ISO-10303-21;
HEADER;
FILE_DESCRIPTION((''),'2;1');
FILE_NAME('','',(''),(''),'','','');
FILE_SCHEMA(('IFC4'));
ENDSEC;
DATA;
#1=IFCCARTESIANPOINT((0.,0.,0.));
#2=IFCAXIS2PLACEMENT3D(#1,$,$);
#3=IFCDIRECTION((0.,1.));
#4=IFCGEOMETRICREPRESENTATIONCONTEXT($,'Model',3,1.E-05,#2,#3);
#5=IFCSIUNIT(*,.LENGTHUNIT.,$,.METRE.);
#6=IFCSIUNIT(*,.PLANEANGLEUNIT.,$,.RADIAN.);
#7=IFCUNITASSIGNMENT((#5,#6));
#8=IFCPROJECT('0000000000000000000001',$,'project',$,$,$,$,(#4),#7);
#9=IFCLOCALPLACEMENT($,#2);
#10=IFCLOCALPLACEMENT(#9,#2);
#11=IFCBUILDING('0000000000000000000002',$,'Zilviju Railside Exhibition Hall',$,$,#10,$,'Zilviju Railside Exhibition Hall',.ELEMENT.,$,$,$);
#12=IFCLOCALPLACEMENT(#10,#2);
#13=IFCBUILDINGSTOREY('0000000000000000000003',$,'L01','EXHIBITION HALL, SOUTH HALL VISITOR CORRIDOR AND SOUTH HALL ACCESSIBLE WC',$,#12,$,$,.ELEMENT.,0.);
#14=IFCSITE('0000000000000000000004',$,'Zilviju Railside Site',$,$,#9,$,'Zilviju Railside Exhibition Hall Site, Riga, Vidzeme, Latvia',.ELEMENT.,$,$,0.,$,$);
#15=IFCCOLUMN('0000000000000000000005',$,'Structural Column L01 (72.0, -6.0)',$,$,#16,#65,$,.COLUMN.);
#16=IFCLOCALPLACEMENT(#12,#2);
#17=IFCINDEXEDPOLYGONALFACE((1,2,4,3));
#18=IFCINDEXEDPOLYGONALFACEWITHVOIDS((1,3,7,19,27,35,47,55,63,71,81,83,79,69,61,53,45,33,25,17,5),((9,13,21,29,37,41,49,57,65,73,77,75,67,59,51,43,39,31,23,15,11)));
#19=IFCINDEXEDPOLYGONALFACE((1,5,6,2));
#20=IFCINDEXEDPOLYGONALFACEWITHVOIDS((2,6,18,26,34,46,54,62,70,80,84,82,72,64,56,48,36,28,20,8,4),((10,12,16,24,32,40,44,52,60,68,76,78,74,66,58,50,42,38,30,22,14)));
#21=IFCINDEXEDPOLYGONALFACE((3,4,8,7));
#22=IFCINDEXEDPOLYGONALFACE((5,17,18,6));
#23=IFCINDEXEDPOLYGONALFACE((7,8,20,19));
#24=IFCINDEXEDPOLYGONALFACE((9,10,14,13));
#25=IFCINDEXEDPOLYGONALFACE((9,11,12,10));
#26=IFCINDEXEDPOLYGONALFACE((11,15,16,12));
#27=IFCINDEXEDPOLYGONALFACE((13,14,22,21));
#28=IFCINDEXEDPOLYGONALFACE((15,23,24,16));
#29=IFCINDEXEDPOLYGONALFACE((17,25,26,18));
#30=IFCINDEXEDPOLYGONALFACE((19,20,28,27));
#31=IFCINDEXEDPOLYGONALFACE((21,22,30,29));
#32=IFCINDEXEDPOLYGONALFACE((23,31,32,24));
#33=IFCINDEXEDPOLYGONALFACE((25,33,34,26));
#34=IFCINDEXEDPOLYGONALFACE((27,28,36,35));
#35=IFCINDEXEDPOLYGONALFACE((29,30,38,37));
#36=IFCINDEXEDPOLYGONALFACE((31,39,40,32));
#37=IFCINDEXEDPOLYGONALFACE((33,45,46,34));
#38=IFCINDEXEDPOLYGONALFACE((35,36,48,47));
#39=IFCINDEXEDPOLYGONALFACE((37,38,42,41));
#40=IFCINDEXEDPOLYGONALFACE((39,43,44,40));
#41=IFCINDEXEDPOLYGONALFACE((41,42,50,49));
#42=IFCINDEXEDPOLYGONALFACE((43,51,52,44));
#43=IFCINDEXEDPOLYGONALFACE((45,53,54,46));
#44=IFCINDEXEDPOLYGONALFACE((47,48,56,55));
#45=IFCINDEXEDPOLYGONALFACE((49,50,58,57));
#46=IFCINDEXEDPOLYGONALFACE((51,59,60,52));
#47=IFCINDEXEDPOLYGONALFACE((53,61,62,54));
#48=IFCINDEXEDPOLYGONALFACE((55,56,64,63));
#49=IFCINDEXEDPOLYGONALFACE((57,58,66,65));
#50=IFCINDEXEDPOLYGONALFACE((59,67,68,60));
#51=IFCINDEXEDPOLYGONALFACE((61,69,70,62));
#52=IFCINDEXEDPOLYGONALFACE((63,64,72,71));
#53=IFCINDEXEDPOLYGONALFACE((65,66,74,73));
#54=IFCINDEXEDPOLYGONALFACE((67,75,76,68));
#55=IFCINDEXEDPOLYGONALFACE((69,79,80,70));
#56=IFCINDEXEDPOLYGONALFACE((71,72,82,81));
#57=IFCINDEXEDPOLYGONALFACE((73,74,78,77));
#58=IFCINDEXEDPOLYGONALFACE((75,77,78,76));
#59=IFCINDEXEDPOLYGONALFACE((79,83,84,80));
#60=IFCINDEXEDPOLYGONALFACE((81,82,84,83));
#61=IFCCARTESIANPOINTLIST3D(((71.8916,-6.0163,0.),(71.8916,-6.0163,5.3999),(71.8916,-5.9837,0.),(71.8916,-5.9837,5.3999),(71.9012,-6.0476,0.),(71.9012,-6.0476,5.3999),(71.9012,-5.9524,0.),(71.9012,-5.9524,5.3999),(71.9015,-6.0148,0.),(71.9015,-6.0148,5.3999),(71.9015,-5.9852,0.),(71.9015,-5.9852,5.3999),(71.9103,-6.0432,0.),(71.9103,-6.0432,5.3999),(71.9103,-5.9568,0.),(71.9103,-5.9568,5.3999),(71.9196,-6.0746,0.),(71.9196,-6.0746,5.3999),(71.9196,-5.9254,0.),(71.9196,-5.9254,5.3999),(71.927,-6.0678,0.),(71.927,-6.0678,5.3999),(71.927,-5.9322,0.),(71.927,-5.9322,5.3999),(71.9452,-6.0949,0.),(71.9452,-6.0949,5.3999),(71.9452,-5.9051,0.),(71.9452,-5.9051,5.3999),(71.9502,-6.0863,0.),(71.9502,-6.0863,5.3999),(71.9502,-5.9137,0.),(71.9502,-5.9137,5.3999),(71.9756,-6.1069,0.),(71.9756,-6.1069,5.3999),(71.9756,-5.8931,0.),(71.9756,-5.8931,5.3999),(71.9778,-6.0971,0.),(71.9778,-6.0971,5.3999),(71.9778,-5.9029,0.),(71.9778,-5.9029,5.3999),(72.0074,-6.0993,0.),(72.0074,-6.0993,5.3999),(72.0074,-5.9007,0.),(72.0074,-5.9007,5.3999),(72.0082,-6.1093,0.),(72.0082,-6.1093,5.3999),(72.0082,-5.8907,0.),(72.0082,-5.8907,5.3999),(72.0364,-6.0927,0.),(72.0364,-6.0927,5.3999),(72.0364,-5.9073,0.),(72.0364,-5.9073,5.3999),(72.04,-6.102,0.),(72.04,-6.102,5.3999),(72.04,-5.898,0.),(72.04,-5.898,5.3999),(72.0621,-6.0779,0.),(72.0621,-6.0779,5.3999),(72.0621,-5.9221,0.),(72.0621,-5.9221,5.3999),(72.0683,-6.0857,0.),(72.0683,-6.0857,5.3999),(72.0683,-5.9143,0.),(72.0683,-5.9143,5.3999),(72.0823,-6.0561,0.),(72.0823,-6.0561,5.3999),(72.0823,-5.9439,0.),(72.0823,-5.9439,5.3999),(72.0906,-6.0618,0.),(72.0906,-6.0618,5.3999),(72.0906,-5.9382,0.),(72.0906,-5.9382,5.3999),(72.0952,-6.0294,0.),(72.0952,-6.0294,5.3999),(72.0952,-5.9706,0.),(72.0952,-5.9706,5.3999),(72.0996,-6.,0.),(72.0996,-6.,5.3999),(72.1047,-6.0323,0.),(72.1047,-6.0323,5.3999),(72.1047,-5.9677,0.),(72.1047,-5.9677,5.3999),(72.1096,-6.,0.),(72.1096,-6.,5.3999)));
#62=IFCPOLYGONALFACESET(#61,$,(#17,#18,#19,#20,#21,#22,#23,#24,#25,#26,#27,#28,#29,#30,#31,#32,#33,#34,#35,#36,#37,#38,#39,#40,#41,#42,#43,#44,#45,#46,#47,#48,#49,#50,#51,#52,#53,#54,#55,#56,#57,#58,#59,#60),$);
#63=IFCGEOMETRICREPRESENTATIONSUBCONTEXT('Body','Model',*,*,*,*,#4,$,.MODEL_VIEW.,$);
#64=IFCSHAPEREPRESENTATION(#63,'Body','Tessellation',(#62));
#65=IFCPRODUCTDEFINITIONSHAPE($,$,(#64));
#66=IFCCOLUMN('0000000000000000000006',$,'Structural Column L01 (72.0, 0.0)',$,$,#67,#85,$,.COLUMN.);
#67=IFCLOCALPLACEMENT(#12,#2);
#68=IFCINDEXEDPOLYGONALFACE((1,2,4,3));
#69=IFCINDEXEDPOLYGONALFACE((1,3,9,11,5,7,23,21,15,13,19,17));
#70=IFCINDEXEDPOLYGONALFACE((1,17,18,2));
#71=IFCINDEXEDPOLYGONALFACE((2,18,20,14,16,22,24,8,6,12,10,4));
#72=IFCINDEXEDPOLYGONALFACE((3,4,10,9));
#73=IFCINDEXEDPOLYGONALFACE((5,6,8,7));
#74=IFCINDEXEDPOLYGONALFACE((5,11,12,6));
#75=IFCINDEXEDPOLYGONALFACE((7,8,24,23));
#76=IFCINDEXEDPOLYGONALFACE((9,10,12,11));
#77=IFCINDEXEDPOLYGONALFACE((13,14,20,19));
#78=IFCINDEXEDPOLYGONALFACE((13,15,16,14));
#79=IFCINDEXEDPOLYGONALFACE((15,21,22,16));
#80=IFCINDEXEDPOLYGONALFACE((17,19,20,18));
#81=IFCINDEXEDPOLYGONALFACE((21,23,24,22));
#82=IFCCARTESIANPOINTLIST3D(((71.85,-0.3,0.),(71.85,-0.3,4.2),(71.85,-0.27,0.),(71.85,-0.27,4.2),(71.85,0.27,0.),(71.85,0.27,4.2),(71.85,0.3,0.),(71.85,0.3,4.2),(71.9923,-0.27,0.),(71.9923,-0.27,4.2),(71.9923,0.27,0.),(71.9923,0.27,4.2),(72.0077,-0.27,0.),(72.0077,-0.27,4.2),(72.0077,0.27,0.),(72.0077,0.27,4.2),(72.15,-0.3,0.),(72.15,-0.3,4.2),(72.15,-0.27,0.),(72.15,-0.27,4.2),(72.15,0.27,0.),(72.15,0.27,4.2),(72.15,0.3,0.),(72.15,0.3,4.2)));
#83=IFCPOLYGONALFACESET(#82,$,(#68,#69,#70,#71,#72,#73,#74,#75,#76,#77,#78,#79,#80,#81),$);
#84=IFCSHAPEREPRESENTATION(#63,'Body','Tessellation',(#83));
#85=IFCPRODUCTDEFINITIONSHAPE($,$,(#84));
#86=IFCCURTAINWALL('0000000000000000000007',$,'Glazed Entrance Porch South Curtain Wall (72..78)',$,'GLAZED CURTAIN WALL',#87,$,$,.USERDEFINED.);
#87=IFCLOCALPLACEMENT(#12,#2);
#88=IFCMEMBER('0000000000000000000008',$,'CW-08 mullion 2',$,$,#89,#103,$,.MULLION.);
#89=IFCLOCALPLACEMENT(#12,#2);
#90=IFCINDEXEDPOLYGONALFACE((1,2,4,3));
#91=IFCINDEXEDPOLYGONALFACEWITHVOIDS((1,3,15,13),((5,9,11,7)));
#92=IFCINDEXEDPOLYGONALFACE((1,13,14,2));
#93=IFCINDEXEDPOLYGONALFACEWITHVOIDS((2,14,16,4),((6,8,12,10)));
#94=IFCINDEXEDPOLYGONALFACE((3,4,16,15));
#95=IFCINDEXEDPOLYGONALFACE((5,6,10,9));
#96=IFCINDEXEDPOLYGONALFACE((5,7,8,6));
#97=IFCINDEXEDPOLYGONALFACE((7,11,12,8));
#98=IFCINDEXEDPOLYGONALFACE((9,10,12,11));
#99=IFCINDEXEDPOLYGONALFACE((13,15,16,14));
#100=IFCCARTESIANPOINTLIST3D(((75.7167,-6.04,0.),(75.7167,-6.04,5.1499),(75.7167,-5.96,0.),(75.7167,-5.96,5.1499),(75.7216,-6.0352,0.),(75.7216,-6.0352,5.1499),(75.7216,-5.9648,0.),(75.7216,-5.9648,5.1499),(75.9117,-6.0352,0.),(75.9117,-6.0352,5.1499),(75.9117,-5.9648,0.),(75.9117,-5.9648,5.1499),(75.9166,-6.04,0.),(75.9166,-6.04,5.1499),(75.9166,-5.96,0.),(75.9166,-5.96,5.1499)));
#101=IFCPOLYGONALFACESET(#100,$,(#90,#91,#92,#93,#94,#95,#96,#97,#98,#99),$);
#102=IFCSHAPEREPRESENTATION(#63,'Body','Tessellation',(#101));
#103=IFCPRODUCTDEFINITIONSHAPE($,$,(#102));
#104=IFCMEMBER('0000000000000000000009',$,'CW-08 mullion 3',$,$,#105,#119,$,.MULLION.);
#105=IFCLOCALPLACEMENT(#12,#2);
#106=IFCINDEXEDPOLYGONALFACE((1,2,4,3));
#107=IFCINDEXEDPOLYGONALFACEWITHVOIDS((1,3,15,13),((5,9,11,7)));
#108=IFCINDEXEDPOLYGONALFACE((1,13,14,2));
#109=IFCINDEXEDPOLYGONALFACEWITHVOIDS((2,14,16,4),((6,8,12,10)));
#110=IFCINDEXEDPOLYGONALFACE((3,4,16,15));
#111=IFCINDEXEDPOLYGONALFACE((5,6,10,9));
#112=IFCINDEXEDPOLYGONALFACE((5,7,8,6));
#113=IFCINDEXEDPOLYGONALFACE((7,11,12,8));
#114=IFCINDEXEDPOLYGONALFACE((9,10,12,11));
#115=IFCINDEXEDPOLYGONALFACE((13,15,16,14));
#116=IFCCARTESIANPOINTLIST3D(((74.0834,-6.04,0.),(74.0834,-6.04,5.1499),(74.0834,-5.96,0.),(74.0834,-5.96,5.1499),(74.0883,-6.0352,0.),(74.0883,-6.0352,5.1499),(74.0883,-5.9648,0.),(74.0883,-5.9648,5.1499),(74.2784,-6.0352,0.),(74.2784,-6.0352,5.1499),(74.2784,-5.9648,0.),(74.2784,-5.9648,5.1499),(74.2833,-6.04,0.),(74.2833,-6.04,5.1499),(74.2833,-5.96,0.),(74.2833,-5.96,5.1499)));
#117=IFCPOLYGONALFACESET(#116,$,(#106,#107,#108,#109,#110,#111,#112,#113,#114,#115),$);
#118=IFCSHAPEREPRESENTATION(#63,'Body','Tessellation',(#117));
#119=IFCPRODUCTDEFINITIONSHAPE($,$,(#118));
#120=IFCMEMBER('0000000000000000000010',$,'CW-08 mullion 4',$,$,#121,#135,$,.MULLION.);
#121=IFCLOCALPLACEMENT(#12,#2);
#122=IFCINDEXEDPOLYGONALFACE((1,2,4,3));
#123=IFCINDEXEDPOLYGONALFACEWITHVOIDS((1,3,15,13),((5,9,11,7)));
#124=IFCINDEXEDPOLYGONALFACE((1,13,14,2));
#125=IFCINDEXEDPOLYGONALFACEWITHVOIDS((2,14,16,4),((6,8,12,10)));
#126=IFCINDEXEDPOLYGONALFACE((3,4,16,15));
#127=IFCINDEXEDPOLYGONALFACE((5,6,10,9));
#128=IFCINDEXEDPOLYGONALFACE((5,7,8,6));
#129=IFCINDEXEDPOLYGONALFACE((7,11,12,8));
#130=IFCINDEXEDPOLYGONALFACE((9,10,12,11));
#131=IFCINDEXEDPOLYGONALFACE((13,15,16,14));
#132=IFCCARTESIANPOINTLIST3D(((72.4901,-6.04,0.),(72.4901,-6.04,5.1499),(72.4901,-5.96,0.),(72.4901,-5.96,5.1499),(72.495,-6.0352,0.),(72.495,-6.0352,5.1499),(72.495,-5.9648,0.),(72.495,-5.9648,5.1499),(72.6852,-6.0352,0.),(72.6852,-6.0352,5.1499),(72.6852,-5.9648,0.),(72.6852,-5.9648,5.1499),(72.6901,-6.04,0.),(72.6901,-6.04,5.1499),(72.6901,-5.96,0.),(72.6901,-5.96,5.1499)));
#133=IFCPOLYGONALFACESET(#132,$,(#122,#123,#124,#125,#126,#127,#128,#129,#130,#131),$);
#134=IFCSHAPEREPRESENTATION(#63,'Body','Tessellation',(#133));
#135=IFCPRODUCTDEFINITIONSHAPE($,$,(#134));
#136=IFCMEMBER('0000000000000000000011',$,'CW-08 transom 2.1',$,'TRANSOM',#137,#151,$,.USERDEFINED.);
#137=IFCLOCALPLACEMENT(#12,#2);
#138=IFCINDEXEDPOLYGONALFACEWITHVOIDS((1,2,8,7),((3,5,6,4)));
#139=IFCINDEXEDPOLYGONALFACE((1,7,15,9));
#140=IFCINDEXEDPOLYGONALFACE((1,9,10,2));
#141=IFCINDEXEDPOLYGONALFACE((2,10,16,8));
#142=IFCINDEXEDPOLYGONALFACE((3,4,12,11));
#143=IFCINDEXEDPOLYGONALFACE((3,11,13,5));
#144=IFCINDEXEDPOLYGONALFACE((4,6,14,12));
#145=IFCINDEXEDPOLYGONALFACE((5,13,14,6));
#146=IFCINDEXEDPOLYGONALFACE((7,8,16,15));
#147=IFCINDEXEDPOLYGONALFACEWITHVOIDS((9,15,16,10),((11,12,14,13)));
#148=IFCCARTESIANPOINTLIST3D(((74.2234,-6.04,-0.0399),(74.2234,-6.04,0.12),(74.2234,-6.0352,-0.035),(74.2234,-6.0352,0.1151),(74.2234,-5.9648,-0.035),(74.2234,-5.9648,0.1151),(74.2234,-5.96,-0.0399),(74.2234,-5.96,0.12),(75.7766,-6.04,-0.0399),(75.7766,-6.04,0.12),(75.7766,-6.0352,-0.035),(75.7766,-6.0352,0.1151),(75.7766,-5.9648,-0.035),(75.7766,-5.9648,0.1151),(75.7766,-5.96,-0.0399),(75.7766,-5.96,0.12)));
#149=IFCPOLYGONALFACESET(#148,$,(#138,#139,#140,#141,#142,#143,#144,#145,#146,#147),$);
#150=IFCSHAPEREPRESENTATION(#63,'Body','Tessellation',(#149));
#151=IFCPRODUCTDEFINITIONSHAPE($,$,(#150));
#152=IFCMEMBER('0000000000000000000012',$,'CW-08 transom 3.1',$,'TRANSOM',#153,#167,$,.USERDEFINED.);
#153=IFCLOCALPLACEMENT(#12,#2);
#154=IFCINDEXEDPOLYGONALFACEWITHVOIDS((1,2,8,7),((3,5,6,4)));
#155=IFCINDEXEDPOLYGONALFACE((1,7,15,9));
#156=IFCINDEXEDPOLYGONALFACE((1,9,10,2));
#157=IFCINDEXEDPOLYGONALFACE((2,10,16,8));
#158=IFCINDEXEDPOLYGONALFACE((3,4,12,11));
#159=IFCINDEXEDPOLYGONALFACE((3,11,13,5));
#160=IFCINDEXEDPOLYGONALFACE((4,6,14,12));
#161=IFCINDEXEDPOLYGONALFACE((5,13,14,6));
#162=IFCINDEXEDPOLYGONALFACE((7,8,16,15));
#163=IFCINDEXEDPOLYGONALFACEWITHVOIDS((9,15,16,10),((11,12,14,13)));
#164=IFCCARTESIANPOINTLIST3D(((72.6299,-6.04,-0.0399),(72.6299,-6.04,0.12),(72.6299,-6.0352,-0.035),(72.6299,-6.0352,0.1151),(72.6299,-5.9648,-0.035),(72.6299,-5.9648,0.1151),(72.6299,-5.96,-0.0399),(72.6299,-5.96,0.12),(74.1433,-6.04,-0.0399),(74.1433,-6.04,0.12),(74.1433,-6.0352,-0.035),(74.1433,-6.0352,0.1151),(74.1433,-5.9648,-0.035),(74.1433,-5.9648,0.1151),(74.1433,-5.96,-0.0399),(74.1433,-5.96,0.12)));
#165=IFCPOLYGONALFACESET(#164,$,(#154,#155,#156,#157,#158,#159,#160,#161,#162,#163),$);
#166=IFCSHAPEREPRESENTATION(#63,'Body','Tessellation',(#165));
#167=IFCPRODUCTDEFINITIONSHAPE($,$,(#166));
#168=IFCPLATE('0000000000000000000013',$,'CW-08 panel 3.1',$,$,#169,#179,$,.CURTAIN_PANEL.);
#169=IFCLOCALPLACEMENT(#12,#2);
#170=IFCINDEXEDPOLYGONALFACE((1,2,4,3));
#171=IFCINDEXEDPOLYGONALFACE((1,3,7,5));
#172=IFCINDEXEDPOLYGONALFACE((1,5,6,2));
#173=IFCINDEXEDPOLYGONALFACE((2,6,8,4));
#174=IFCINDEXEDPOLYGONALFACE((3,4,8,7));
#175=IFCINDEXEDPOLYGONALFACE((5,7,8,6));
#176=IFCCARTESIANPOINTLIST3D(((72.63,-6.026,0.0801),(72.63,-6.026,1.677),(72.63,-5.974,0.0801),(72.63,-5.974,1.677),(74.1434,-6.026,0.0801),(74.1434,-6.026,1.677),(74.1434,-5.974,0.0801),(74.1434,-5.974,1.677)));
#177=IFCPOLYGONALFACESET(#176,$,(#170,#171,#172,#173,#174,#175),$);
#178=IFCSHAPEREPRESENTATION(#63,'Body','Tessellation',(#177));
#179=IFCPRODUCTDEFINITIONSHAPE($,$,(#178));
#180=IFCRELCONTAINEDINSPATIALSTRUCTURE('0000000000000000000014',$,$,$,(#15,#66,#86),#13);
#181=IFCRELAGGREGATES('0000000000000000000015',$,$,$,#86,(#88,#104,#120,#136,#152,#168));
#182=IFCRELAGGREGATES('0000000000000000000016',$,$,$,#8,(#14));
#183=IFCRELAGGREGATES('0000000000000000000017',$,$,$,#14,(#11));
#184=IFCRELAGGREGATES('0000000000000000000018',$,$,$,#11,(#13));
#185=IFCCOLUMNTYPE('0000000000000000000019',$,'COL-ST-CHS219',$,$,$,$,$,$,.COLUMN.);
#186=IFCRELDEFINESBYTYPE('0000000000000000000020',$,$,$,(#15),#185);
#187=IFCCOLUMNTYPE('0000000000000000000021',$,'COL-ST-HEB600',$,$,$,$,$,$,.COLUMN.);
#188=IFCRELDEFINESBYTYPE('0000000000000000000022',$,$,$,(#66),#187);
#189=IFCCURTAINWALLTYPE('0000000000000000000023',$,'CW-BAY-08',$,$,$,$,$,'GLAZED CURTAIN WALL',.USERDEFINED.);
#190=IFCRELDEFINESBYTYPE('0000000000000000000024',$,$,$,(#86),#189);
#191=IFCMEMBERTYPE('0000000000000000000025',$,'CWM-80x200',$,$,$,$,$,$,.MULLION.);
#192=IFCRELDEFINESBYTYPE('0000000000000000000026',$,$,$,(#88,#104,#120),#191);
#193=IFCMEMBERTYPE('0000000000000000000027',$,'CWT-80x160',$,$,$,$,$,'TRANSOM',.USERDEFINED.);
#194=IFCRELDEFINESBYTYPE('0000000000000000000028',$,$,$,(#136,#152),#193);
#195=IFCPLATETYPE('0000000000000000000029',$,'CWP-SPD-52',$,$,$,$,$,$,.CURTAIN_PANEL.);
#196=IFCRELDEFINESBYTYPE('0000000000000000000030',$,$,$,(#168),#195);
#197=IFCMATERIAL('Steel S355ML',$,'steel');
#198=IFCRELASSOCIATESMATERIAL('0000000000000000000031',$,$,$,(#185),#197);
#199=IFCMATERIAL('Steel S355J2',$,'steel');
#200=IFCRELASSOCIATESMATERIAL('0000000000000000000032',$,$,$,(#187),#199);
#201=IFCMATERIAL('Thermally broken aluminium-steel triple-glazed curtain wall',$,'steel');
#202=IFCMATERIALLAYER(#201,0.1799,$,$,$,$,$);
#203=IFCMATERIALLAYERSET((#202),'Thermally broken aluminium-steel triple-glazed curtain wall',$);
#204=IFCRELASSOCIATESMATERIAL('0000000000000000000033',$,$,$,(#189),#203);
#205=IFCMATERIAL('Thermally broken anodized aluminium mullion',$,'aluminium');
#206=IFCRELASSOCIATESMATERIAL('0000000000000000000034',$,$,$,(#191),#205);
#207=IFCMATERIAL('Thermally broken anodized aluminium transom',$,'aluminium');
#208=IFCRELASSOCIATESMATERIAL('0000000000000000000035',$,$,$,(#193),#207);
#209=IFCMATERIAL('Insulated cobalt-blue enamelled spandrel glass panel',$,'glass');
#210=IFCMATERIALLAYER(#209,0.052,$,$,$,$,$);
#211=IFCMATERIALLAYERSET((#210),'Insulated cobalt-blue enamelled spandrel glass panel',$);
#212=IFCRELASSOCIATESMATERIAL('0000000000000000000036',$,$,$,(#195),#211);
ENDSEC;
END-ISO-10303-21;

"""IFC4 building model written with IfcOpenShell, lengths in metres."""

from ifc_helpers import new_model, si_unit, direction, frame, origin, origin_2d, place, context, subcontext, project, spatial, rectangle, hollow_rectangle, hollow_circle, i_section, extrude, material, layer, layer_set, material_profile, profile_set, type_object, element, aggregate, save


model = new_model("IFC4")

# Units and contexts
model_context = context("Model", 3, precision=1e-05, world=origin(), true_north=direction((0.0, 1.0)))
body_context = subcontext(model_context, "Body", "Model", "MODEL_VIEW")
ifc_project = project(units=[si_unit("LENGTHUNIT", "METRE"), si_unit("PLANEANGLEUNIT", "RADIAN")], contexts=[model_context])

# Site, building, storey
site_placement = place(None, origin())
site = spatial("IfcSite", under=ifc_project, at=site_placement, Name="Zilviju Railside Site", LongName="Zilviju Railside Exhibition Hall Site, Riga, Vidzeme, Latvia", CompositionType="ELEMENT", RefElevation=0.0)
building_placement = place(site_placement, origin())
building = spatial("IfcBuilding", under=site, at=building_placement, Name="Zilviju Railside Exhibition Hall", LongName="Zilviju Railside Exhibition Hall", CompositionType="ELEMENT")
storey_placement = place(building_placement, origin())
storey = spatial("IfcBuildingStorey", under=building, at=storey_placement, Name="L01", Description="EXHIBITION HALL, SOUTH HALL VISITOR CORRIDOR AND SOUTH HALL ACCESSIBLE WC", CompositionType="ELEMENT", Elevation=0.0)

# Columns
ifc_material_1 = material(Name="Steel S355ML", Category="steel")
ifc_material_profile_1 = material_profile(ifc_material_1, hollow_circle(Radius=0.1096, WallThickness=0.01, at=origin_2d()), Name="CHS 219.1x10.0")
ifc_profile_set_1 = profile_set([ifc_material_profile_1], Name="Steel S355ML")
column_type_1 = type_object("IfcColumnType", Name="COL-ST-CHS219", PredefinedType="COLUMN", material=ifc_profile_set_1)
column_1_placement = place(storey_placement, frame((72.0, -6.0, 0.0), z_axis=(0.0, 0.0, 1.0), x_axis=(1.0, 0.0, 0.0)))
element("IfcColumn", 1, at=column_1_placement, inside=storey, type_object=column_type_1, Name="Structural Column L01 (72.0, -6.0)", PredefinedType="COLUMN", context=body_context, shape_type="SweptSolid", body=[
    extrude(hollow_circle(Radius=0.1096, WallThickness=0.01, at=origin_2d()), origin(), (0.0, 0.0, 1.0), 5.3999),
])
ifc_material_2 = material(Name="Steel S355J2", Category="steel")
ifc_material_profile_2 = material_profile(ifc_material_2, i_section(OverallWidth=0.3, OverallDepth=0.6001, WebThickness=0.0154, FlangeThickness=0.03, at=origin_2d()), Name="HEB 600")
ifc_profile_set_2 = profile_set([ifc_material_profile_2], Name="Steel S355J2")
column_type_2 = type_object("IfcColumnType", Name="COL-ST-HEB600", PredefinedType="COLUMN", material=ifc_profile_set_2)
column_2_placement = place(storey_placement, frame((72.0, 0.0, 0.0), z_axis=(0.0, 0.0, 1.0), x_axis=(1.0, 0.0, 0.0)))
element("IfcColumn", 2, at=column_2_placement, inside=storey, type_object=column_type_2, Name="Structural Column L01 (72.0, 0.0)", PredefinedType="COLUMN", context=body_context, shape_type="SweptSolid", body=[
    extrude(i_section(OverallWidth=0.3, OverallDepth=0.6001, WebThickness=0.0154, FlangeThickness=0.03, at=origin_2d()), origin(), (0.0, 0.0, 1.0), 4.2),
])

# Curtain wall, members, plate
ifc_material_3 = material(Name="Thermally broken aluminium-steel triple-glazed curtain wall", Category="steel")
ifc_layer_1 = layer(ifc_material_3, 0.1799)
ifc_layer_set_1 = layer_set([ifc_layer_1], Name="Thermally broken aluminium-steel triple-glazed curtain wall")
curtain_wall_type = type_object("IfcCurtainWallType", Name="CW-BAY-08", ElementType="GLAZED CURTAIN WALL", PredefinedType="USERDEFINED", material=ifc_layer_set_1)
curtain_wall_placement = place(storey_placement, origin())
curtain_wall = element("IfcCurtainWall", 3, at=curtain_wall_placement, inside=storey, type_object=curtain_wall_type, Name="Glazed Entrance Porch South Curtain Wall (72..78)", ObjectType="GLAZED CURTAIN WALL", PredefinedType="USERDEFINED")
ifc_material_4 = material(Name="Thermally broken anodized aluminium mullion", Category="aluminium")
ifc_material_profile_3 = material_profile(ifc_material_4, hollow_rectangle(XDim=0.0801, YDim=0.2, WallThickness=0.0049, at=origin_2d()), Name="MULLION 200x80x5")
ifc_profile_set_3 = profile_set([ifc_material_profile_3], Name="Thermally broken anodized aluminium mullion")
member_type_1 = type_object("IfcMemberType", Name="CWM-80x200", PredefinedType="MULLION", material=ifc_profile_set_3)
member_1_placement = place(storey_placement, frame((75.8167, -6.0, 0.0), z_axis=(0.0, 0.0, 1.0), x_axis=(0.0, -1.0, 0.0)))
member_1 = element("IfcMember", 4, at=member_1_placement, type_object=member_type_1, Name="CW-08 mullion 2", PredefinedType="MULLION", context=body_context, shape_type="SweptSolid", body=[
    extrude(hollow_rectangle(XDim=0.0801, YDim=0.2, WallThickness=0.0049, at=origin_2d()), origin(), (0.0, 0.0, 1.0), 5.1499),
])
member_2_placement = place(storey_placement, frame((74.1833, -6.0, 0.0), z_axis=(0.0, 0.0, 1.0), x_axis=(0.0, -1.0, 0.0)))
member_2 = element("IfcMember", 5, at=member_2_placement, type_object=member_type_1, Name="CW-08 mullion 3", PredefinedType="MULLION", context=body_context, shape_type="SweptSolid", body=[
    extrude(hollow_rectangle(XDim=0.0801, YDim=0.2, WallThickness=0.0049, at=origin_2d()), origin(), (0.0, 0.0, 1.0), 5.1499),
])
member_3_placement = place(storey_placement, frame((72.5901, -6.0, 0.0), z_axis=(0.0, 0.0, 1.0), x_axis=(0.0, -1.0, 0.0)))
member_3 = element("IfcMember", 6, at=member_3_placement, type_object=member_type_1, Name="CW-08 mullion 4", PredefinedType="MULLION", context=body_context, shape_type="SweptSolid", body=[
    extrude(hollow_rectangle(XDim=0.0801, YDim=0.2, WallThickness=0.0049, at=origin_2d()), origin(), (0.0, 0.0, 1.0), 5.1499),
])
ifc_material_5 = material(Name="Thermally broken anodized aluminium transom", Category="aluminium")
ifc_material_profile_4 = material_profile(ifc_material_5, hollow_rectangle(XDim=0.0801, YDim=0.1599, WallThickness=0.0049, at=origin_2d()), Name="TRANSOM 160x80x5")
ifc_profile_set_4 = profile_set([ifc_material_profile_4], Name="Thermally broken anodized aluminium transom")
member_type_2 = type_object("IfcMemberType", Name="CWT-80x160", ElementType="TRANSOM", PredefinedType="USERDEFINED", material=ifc_profile_set_4)
member_4_placement = place(storey_placement, frame((75.7766, -6.0, 0.04), z_axis=(-1.0, 0.0, 0.0), x_axis=(0.0, -1.0, 0.0)))
member_4 = element("IfcMember", 7, at=member_4_placement, type_object=member_type_2, Name="CW-08 transom 2.1", ObjectType="TRANSOM", PredefinedType="USERDEFINED", context=body_context, shape_type="SweptSolid", body=[
    extrude(hollow_rectangle(XDim=0.0801, YDim=0.1599, WallThickness=0.0049, at=origin_2d()), origin(), (0.0, 0.0, 1.0), 1.5532),
])
member_5_placement = place(storey_placement, frame((74.1433, -6.0, 0.04), z_axis=(-1.0, 0.0, 0.0), x_axis=(0.0, -1.0, 0.0)))
member_5 = element("IfcMember", 8, at=member_5_placement, type_object=member_type_2, Name="CW-08 transom 3.1", ObjectType="TRANSOM", PredefinedType="USERDEFINED", context=body_context, shape_type="SweptSolid", body=[
    extrude(hollow_rectangle(XDim=0.0801, YDim=0.1599, WallThickness=0.0049, at=origin_2d()), origin(), (0.0, 0.0, 1.0), 1.5134),
])
ifc_material_6 = material(Name="Insulated cobalt-blue enamelled spandrel glass panel", Category="glass")
ifc_layer_2 = layer(ifc_material_6, 0.052)
ifc_layer_set_2 = layer_set([ifc_layer_2], Name="Insulated cobalt-blue enamelled spandrel glass panel")
plate_type = type_object("IfcPlateType", Name="CWP-SPD-52", PredefinedType="CURTAIN_PANEL", material=ifc_layer_set_2)
plate_placement = place(storey_placement, frame((73.3867, -6.0, 0.0801), z_axis=(0.0, 0.0, 1.0), x_axis=(-1.0, 0.0, 0.0)))
plate = element("IfcPlate", 9, at=plate_placement, type_object=plate_type, Name="CW-08 panel 3.1", PredefinedType="CURTAIN_PANEL", context=body_context, shape_type="SweptSolid", body=[
    extrude(rectangle(XDim=1.5134, YDim=0.052, at=origin_2d()), origin(), (0.0, 0.0, 1.0), 1.5969),
])
aggregate(curtain_wall, [member_1, member_2, member_3, member_4, member_5, plate])

save(model, "model.ifc")
